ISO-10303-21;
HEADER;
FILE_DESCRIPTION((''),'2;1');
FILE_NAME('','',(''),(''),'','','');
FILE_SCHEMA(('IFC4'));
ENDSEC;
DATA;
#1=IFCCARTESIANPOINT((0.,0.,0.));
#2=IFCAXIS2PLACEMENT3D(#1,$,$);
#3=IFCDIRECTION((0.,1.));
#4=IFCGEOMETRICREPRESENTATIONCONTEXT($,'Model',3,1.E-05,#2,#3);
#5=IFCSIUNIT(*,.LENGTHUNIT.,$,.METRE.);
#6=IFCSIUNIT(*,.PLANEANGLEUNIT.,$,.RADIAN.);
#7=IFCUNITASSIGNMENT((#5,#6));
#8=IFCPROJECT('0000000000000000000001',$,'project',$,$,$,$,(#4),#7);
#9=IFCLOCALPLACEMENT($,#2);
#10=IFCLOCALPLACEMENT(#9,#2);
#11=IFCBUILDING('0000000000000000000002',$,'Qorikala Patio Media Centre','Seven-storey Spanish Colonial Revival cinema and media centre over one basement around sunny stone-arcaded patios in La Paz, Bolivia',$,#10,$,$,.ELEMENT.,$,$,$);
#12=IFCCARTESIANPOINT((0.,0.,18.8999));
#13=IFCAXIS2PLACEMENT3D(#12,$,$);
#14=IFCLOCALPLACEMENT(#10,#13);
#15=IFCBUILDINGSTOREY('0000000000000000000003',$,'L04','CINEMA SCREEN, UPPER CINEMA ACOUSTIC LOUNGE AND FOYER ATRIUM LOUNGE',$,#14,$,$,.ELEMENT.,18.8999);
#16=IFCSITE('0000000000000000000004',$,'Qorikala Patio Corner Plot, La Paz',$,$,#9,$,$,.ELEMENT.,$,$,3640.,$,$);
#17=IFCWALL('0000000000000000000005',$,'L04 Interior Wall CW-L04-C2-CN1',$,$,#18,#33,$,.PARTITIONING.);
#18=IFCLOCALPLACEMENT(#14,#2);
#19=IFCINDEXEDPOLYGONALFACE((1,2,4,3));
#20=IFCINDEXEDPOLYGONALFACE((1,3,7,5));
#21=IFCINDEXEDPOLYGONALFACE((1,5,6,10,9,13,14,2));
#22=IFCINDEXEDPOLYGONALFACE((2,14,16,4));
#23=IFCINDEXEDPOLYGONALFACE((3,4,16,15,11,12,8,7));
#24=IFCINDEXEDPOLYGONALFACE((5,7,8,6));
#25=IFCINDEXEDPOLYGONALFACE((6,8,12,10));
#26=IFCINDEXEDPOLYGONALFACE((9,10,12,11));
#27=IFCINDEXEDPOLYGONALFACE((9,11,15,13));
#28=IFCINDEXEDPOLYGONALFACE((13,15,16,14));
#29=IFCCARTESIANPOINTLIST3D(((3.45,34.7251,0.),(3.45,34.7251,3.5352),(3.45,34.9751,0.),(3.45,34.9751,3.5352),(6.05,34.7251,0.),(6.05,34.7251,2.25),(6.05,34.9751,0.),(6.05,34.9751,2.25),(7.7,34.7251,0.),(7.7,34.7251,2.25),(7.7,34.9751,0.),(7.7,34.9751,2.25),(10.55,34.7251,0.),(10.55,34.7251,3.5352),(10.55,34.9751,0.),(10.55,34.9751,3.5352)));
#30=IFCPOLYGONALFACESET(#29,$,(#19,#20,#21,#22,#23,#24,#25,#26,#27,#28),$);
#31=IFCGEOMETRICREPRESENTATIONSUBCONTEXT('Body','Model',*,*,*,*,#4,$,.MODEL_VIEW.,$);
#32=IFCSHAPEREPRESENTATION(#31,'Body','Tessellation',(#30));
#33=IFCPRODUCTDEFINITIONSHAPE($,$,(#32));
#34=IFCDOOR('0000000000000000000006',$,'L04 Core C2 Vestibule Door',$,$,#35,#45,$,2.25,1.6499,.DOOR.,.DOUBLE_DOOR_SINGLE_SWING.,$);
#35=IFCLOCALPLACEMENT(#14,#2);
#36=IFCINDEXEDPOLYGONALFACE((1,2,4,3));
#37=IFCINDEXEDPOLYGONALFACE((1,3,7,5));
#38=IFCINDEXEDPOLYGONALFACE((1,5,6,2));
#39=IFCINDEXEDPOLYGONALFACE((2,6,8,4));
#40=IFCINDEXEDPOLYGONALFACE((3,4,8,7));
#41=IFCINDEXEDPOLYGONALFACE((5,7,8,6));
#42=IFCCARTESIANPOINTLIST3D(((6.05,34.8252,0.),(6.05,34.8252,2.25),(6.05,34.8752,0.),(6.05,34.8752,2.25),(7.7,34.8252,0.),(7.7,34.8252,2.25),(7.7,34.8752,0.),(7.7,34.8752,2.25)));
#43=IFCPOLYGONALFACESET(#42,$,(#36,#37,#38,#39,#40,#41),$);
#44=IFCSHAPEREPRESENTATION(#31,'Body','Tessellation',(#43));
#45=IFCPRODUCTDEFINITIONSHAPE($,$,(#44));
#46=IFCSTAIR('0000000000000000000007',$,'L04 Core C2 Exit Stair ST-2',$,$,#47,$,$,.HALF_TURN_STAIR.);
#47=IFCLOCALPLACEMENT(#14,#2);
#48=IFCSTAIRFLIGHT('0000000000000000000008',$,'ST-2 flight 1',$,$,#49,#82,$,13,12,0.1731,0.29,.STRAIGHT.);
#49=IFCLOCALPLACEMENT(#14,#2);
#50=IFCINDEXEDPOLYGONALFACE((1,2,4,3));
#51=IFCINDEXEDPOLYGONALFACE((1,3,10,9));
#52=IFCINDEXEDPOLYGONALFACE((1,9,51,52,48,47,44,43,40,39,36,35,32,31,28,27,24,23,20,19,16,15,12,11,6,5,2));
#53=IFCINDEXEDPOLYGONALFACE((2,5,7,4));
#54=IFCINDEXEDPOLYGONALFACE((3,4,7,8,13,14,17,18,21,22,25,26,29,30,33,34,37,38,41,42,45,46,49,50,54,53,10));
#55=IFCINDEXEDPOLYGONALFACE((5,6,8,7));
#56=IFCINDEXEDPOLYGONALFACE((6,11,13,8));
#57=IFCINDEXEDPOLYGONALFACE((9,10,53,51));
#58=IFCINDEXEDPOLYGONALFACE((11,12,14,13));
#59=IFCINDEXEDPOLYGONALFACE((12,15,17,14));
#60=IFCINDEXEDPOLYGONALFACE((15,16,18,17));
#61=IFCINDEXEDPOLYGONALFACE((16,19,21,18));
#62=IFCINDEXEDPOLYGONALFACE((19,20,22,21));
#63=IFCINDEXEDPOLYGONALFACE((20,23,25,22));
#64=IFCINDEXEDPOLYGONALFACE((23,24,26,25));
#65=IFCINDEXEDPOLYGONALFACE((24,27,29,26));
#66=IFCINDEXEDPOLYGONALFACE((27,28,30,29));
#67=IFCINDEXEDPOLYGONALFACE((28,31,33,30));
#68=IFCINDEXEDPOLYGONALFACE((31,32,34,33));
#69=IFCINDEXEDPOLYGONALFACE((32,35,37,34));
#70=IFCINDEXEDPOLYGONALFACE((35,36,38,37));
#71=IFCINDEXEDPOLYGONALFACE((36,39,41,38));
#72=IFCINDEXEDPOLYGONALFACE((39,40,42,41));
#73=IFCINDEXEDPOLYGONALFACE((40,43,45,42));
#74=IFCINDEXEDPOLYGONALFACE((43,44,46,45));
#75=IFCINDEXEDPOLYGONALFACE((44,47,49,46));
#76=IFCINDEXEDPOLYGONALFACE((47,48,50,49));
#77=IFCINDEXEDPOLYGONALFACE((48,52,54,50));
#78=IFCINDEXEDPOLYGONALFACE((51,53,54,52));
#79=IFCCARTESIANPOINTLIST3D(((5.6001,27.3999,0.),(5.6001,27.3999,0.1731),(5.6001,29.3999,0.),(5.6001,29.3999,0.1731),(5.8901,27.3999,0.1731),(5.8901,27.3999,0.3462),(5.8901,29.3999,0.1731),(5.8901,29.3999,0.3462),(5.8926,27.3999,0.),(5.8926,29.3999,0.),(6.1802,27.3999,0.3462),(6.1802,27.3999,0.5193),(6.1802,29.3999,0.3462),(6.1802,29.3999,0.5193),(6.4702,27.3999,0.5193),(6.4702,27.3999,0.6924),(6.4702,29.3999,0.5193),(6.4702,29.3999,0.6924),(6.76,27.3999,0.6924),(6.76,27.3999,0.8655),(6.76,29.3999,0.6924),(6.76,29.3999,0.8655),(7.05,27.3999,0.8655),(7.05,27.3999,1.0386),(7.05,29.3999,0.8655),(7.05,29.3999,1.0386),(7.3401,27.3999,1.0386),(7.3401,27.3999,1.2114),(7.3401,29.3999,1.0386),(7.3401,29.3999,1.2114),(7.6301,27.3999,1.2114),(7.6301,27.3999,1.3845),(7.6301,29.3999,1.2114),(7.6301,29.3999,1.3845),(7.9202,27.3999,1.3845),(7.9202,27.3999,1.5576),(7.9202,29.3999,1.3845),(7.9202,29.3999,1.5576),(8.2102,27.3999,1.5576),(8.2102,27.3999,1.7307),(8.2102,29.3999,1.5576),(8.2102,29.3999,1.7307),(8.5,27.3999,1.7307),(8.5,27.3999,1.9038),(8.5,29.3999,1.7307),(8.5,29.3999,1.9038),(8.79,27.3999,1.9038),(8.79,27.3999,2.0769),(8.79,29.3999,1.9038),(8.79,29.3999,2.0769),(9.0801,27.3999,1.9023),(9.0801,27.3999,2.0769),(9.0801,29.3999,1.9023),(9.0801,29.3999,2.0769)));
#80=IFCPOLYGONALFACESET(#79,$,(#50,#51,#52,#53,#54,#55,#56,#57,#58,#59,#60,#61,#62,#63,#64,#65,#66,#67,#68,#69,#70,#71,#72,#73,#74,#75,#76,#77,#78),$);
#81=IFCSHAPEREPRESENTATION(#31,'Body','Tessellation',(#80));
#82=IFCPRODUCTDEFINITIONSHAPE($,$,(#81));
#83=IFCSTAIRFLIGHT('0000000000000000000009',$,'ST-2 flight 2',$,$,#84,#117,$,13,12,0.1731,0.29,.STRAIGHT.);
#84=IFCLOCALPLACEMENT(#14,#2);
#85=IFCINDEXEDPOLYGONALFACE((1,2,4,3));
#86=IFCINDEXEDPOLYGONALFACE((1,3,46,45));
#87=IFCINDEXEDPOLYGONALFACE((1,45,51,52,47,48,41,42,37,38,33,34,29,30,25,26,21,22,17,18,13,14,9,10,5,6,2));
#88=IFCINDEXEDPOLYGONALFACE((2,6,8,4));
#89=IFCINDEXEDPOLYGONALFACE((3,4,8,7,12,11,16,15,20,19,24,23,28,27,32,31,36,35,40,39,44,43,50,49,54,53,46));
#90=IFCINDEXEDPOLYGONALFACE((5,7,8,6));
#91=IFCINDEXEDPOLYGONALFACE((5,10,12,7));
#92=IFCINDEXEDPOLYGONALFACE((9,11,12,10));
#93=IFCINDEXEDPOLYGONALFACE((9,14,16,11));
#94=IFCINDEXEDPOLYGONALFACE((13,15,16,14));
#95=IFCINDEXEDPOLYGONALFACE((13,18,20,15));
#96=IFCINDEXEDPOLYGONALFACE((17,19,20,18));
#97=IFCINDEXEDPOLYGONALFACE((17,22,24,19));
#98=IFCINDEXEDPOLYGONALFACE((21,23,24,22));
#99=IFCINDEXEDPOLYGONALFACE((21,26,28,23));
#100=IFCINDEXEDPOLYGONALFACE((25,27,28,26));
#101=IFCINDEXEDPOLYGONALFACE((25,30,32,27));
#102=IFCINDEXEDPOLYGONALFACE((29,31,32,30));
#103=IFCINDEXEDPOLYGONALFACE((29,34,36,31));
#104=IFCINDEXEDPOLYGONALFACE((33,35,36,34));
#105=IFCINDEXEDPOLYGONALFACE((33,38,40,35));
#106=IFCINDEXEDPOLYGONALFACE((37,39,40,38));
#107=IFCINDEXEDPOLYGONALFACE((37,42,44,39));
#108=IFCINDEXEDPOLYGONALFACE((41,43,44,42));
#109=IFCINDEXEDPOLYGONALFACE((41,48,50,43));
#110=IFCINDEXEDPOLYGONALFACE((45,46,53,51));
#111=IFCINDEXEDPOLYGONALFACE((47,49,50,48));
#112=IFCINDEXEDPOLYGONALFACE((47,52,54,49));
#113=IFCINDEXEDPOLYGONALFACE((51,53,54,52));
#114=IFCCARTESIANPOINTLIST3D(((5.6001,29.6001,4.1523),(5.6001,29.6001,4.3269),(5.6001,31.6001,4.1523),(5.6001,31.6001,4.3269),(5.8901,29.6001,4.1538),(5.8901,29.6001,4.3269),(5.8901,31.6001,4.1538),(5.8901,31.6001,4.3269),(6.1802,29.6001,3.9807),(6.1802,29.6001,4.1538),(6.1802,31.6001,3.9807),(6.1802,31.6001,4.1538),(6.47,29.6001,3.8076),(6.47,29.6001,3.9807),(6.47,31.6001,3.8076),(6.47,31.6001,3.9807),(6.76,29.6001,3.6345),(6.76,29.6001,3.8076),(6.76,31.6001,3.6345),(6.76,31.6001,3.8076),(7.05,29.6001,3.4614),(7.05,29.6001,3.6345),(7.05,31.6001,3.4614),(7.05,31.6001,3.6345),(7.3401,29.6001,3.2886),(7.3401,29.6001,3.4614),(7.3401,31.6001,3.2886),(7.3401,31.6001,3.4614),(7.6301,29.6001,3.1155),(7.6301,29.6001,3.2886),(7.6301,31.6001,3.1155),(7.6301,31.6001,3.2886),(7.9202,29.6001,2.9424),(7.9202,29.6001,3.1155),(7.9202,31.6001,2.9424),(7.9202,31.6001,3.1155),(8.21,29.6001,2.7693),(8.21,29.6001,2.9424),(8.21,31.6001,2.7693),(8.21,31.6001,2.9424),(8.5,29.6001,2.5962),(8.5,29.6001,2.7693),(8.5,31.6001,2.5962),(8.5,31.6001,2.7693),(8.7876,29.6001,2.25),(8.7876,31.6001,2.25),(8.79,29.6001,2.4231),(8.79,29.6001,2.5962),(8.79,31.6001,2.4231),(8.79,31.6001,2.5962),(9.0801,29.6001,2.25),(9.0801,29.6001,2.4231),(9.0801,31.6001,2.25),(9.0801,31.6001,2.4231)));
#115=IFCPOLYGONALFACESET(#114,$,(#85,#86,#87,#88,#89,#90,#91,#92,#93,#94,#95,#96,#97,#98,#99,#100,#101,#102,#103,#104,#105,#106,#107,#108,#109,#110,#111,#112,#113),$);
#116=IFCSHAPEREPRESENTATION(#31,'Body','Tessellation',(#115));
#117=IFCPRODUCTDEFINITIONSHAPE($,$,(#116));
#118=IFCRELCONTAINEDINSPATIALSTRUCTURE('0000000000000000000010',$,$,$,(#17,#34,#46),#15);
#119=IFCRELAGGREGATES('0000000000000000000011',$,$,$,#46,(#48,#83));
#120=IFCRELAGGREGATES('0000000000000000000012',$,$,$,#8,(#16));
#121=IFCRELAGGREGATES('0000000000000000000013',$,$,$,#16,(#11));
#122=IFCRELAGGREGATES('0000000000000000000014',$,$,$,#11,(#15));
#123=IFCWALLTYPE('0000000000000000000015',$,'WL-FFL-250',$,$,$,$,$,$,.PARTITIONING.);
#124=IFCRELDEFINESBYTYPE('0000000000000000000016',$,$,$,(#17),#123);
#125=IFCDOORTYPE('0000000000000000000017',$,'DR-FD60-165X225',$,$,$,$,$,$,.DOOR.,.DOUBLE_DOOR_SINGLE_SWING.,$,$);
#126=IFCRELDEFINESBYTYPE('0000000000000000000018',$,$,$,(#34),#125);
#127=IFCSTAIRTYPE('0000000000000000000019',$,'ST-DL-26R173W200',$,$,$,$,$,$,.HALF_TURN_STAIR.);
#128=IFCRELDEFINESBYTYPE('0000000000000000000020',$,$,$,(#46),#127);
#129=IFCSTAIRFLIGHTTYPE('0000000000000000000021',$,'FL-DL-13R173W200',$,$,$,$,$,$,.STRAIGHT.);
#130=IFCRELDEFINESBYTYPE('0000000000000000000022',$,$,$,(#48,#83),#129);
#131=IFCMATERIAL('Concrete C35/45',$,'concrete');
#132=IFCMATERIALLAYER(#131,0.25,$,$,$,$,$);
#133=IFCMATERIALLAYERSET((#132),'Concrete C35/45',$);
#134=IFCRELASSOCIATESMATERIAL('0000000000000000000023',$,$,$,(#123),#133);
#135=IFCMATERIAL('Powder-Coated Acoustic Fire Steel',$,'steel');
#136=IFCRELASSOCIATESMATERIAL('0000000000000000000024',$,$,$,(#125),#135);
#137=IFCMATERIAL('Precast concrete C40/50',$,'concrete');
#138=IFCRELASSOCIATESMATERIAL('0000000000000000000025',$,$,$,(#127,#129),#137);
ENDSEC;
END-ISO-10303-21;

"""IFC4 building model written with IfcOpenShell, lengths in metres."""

from ifc_helpers import new_model, si_unit, direction, frame, frame_2d, origin, place, context, subcontext, project, spatial, polyline, rectangle, outline, extrude, material, layer, layer_set, type_object, element, fill, aggregate, save


model = new_model("IFC4")

# Units and contexts
model_context = context("Model", 3, precision=1e-05, world=origin(), true_north=direction((0.0, 1.0)))
body_context = subcontext(model_context, "Body", "Model", "MODEL_VIEW")
ifc_project = project(units=[si_unit("LENGTHUNIT", "METRE"), si_unit("PLANEANGLEUNIT", "RADIAN")], contexts=[model_context])

# Site, building, storey
site_placement = place(None, origin())
site = spatial("IfcSite", under=ifc_project, at=site_placement, Name="Qorikala Patio Corner Plot, La Paz", CompositionType="ELEMENT", RefElevation=3640.0)
building_placement = place(site_placement, origin())
building = spatial("IfcBuilding", under=site, at=building_placement, Name="Qorikala Patio Media Centre", Description="Seven-storey Spanish Colonial Revival cinema and media centre over one basement around sunny stone-arcaded patios in La Paz, Bolivia", CompositionType="ELEMENT")
storey_placement = place(building_placement, frame((0.0, 0.0, 18.8999)))
storey = spatial("IfcBuildingStorey", under=building, at=storey_placement, Name="L04", Description="CINEMA SCREEN, UPPER CINEMA ACOUSTIC LOUNGE AND FOYER ATRIUM LOUNGE", CompositionType="ELEMENT", Elevation=18.8999)

# Shared definitions
ifc_material_1 = material(Name="Concrete C35/45", Category="concrete")

# Shared definitions
ifc_material_2 = material(Name="Powder-Coated Acoustic Fire Steel", Category="steel")

# Wall, opening, door
ifc_layer_1 = layer(ifc_material_1, 0.25)
ifc_layer_set_1 = layer_set([ifc_layer_1], Name="Concrete C35/45")
wall_type_1 = type_object("IfcWallType", Name="WL-FFL-250", PredefinedType="PARTITIONING", material=ifc_layer_set_1)
wall_1_placement = place(storey_placement, frame((3.45, 34.8501, 0.0), z_axis=(0.0, 0.0, 1.0), x_axis=(1.0, 0.0, 0.0)))
wall_1 = element("IfcWall", 1, at=wall_1_placement, inside=storey, type_object=wall_type_1, Name="L04 Interior Wall CW-L04-C2-CN1", PredefinedType="PARTITIONING", context=body_context, shape_type="SweptSolid", body=[
    extrude(rectangle(XDim=7.1001, YDim=0.25, at=frame_2d((3.55, 0.0))), origin(), (0.0, 0.0, 1.0), 3.5352),
])
opening_1_placement = place(wall_1_placement, frame((2.6001, 0.0, 0.0)))
opening_1 = element("IfcOpeningElement", 2, at=opening_1_placement, cuts=wall_1, PredefinedType="OPENING", context=body_context, shape_type="SweptSolid", body=[
    extrude(rectangle(XDim=1.6499, YDim=2.25, at=frame_2d((0.825, 1.125))), frame((0.0, 0.135, 0.0), z_axis=(0.0, -1.0, 0.0), x_axis=(1.0, 0.0, 0.0)), (0.0, 0.0, 1.0), 0.27),
])
door_type_1 = type_object("IfcDoorType", Name="DR-FD60-165X225", OperationType="DOUBLE_DOOR_SINGLE_SWING", PredefinedType="DOOR", material=ifc_material_2)
door_1_placement = place(opening_1_placement, frame((1.6499, 0.0, 0.0), z_axis=(0.0, 0.0, 1.0), x_axis=(-1.0, 0.0, 0.0)))
door_1 = element("IfcDoor", 3, at=door_1_placement, inside=storey, type_object=door_type_1, Name="L04 Core C2 Vestibule Door", OperationType="DOUBLE_DOOR_SINGLE_SWING", OverallHeight=2.25, OverallWidth=1.6499, PredefinedType="DOOR", context=body_context, shape_type="SweptSolid", body=[
    extrude(rectangle(XDim=1.6499, YDim=2.25, at=frame_2d((0.825, 1.125))), frame((0.0, 0.0249, 0.0), z_axis=(0.0, -1.0, 0.0), x_axis=(1.0, 0.0, 0.0)), (0.0, 0.0, 1.0), 0.05),
])
fill(opening_1, door_1)

# Stair, stair flights
ifc_material_3 = material(Name="Precast concrete C40/50", Category="concrete")
stair_type = type_object("IfcStairType", Name="ST-DL-26R173W200", PredefinedType="HALF_TURN_STAIR", material=ifc_material_3)
stair_placement = place(storey_placement, origin())
stair = element("IfcStair", 4, at=stair_placement, inside=storey, type_object=stair_type, Name="L04 Core C2 Exit Stair ST-2", PredefinedType="HALF_TURN_STAIR")
stair_flight_type = type_object("IfcStairFlightType", Name="FL-DL-13R173W200", PredefinedType="STRAIGHT", material=ifc_material_3)
stair_flight_1_placement = place(storey_placement, frame((5.6001, 28.3999, 0.0), z_axis=(0.0, 0.0, 1.0), x_axis=(1.0, 0.0, 0.0)))
stair_flight_1 = element("IfcStairFlight", 5, at=stair_flight_1_placement, type_object=stair_flight_type, Name="ST-2 flight 1", NumberOfRisers=13, NumberOfTreads=12, PredefinedType="STRAIGHT", RiserHeight=0.1731, TreadLength=0.29, context=body_context, shape_type="SweptSolid", body=[
    extrude(outline(polyline([(0.0, 0.0), (0.0, 0.1731), (0.29, 0.1731), (0.29, 0.3462), (0.5801, 0.3462), (0.5801, 0.5193), (0.8701, 0.5193), (0.8701, 0.6924), (1.1599, 0.6924), (1.1599, 0.8655), (1.45, 0.8655), (1.45, 1.0386), (1.74, 1.0386), (1.74, 1.2114), (2.03, 1.2114), (2.03, 1.3845), (2.3201, 1.3845), (2.3201, 1.5576), (2.6101, 1.5576), (2.6101, 1.7307), (2.8999, 1.7307), (2.8999, 1.9038), (3.1899, 1.9038), (3.1899, 2.0769), (3.48, 2.0769), (3.48, 2.25), (3.48, 1.9023), (0.2925, 0.0), (0.0, 0.0)])), frame((0.0, 1.0, 0.0), z_axis=(0.0, -1.0, 0.0), x_axis=(1.0, 0.0, 0.0)), (0.0, 0.0, 1.0), 2.0),
])
stair_flight_2_placement = place(storey_placement, frame((9.0801, 30.6001, 2.25), z_axis=(0.0, 0.0, 1.0), x_axis=(-1.0, 0.0, 0.0)))
stair_flight_2 = element("IfcStairFlight", 6, at=stair_flight_2_placement, type_object=stair_flight_type, Name="ST-2 flight 2", NumberOfRisers=13, NumberOfTreads=12, PredefinedType="STRAIGHT", RiserHeight=0.1731, TreadLength=0.29, context=body_context, shape_type="SweptSolid", body=[
    extrude(outline(polyline([(0.0, 0.0), (0.0, 0.1731), (0.29, 0.1731), (0.29, 0.3462), (0.5801, 0.3462), (0.5801, 0.5193), (0.8701, 0.5193), (0.8701, 0.6924), (1.1599, 0.6924), (1.1599, 0.8655), (1.45, 0.8655), (1.45, 1.0386), (1.74, 1.0386), (1.74, 1.2114), (2.03, 1.2114), (2.03, 1.3845), (2.3201, 1.3845), (2.3201, 1.5576), (2.6101, 1.5576), (2.6101, 1.7307), (2.8999, 1.7307), (2.8999, 1.9038), (3.1899, 1.9038), (3.1899, 2.0769), (3.48, 2.0769), (3.48, 2.25), (3.48, 1.9023), (0.2925, 0.0), (0.0, 0.0)])), frame((0.0, 1.0, 0.0), z_axis=(0.0, -1.0, 0.0), x_axis=(1.0, 0.0, 0.0)), (0.0, 0.0, 1.0), 2.0),
])
aggregate(stair, [stair_flight_1, stair_flight_2])

save(model, "model.ifc")
